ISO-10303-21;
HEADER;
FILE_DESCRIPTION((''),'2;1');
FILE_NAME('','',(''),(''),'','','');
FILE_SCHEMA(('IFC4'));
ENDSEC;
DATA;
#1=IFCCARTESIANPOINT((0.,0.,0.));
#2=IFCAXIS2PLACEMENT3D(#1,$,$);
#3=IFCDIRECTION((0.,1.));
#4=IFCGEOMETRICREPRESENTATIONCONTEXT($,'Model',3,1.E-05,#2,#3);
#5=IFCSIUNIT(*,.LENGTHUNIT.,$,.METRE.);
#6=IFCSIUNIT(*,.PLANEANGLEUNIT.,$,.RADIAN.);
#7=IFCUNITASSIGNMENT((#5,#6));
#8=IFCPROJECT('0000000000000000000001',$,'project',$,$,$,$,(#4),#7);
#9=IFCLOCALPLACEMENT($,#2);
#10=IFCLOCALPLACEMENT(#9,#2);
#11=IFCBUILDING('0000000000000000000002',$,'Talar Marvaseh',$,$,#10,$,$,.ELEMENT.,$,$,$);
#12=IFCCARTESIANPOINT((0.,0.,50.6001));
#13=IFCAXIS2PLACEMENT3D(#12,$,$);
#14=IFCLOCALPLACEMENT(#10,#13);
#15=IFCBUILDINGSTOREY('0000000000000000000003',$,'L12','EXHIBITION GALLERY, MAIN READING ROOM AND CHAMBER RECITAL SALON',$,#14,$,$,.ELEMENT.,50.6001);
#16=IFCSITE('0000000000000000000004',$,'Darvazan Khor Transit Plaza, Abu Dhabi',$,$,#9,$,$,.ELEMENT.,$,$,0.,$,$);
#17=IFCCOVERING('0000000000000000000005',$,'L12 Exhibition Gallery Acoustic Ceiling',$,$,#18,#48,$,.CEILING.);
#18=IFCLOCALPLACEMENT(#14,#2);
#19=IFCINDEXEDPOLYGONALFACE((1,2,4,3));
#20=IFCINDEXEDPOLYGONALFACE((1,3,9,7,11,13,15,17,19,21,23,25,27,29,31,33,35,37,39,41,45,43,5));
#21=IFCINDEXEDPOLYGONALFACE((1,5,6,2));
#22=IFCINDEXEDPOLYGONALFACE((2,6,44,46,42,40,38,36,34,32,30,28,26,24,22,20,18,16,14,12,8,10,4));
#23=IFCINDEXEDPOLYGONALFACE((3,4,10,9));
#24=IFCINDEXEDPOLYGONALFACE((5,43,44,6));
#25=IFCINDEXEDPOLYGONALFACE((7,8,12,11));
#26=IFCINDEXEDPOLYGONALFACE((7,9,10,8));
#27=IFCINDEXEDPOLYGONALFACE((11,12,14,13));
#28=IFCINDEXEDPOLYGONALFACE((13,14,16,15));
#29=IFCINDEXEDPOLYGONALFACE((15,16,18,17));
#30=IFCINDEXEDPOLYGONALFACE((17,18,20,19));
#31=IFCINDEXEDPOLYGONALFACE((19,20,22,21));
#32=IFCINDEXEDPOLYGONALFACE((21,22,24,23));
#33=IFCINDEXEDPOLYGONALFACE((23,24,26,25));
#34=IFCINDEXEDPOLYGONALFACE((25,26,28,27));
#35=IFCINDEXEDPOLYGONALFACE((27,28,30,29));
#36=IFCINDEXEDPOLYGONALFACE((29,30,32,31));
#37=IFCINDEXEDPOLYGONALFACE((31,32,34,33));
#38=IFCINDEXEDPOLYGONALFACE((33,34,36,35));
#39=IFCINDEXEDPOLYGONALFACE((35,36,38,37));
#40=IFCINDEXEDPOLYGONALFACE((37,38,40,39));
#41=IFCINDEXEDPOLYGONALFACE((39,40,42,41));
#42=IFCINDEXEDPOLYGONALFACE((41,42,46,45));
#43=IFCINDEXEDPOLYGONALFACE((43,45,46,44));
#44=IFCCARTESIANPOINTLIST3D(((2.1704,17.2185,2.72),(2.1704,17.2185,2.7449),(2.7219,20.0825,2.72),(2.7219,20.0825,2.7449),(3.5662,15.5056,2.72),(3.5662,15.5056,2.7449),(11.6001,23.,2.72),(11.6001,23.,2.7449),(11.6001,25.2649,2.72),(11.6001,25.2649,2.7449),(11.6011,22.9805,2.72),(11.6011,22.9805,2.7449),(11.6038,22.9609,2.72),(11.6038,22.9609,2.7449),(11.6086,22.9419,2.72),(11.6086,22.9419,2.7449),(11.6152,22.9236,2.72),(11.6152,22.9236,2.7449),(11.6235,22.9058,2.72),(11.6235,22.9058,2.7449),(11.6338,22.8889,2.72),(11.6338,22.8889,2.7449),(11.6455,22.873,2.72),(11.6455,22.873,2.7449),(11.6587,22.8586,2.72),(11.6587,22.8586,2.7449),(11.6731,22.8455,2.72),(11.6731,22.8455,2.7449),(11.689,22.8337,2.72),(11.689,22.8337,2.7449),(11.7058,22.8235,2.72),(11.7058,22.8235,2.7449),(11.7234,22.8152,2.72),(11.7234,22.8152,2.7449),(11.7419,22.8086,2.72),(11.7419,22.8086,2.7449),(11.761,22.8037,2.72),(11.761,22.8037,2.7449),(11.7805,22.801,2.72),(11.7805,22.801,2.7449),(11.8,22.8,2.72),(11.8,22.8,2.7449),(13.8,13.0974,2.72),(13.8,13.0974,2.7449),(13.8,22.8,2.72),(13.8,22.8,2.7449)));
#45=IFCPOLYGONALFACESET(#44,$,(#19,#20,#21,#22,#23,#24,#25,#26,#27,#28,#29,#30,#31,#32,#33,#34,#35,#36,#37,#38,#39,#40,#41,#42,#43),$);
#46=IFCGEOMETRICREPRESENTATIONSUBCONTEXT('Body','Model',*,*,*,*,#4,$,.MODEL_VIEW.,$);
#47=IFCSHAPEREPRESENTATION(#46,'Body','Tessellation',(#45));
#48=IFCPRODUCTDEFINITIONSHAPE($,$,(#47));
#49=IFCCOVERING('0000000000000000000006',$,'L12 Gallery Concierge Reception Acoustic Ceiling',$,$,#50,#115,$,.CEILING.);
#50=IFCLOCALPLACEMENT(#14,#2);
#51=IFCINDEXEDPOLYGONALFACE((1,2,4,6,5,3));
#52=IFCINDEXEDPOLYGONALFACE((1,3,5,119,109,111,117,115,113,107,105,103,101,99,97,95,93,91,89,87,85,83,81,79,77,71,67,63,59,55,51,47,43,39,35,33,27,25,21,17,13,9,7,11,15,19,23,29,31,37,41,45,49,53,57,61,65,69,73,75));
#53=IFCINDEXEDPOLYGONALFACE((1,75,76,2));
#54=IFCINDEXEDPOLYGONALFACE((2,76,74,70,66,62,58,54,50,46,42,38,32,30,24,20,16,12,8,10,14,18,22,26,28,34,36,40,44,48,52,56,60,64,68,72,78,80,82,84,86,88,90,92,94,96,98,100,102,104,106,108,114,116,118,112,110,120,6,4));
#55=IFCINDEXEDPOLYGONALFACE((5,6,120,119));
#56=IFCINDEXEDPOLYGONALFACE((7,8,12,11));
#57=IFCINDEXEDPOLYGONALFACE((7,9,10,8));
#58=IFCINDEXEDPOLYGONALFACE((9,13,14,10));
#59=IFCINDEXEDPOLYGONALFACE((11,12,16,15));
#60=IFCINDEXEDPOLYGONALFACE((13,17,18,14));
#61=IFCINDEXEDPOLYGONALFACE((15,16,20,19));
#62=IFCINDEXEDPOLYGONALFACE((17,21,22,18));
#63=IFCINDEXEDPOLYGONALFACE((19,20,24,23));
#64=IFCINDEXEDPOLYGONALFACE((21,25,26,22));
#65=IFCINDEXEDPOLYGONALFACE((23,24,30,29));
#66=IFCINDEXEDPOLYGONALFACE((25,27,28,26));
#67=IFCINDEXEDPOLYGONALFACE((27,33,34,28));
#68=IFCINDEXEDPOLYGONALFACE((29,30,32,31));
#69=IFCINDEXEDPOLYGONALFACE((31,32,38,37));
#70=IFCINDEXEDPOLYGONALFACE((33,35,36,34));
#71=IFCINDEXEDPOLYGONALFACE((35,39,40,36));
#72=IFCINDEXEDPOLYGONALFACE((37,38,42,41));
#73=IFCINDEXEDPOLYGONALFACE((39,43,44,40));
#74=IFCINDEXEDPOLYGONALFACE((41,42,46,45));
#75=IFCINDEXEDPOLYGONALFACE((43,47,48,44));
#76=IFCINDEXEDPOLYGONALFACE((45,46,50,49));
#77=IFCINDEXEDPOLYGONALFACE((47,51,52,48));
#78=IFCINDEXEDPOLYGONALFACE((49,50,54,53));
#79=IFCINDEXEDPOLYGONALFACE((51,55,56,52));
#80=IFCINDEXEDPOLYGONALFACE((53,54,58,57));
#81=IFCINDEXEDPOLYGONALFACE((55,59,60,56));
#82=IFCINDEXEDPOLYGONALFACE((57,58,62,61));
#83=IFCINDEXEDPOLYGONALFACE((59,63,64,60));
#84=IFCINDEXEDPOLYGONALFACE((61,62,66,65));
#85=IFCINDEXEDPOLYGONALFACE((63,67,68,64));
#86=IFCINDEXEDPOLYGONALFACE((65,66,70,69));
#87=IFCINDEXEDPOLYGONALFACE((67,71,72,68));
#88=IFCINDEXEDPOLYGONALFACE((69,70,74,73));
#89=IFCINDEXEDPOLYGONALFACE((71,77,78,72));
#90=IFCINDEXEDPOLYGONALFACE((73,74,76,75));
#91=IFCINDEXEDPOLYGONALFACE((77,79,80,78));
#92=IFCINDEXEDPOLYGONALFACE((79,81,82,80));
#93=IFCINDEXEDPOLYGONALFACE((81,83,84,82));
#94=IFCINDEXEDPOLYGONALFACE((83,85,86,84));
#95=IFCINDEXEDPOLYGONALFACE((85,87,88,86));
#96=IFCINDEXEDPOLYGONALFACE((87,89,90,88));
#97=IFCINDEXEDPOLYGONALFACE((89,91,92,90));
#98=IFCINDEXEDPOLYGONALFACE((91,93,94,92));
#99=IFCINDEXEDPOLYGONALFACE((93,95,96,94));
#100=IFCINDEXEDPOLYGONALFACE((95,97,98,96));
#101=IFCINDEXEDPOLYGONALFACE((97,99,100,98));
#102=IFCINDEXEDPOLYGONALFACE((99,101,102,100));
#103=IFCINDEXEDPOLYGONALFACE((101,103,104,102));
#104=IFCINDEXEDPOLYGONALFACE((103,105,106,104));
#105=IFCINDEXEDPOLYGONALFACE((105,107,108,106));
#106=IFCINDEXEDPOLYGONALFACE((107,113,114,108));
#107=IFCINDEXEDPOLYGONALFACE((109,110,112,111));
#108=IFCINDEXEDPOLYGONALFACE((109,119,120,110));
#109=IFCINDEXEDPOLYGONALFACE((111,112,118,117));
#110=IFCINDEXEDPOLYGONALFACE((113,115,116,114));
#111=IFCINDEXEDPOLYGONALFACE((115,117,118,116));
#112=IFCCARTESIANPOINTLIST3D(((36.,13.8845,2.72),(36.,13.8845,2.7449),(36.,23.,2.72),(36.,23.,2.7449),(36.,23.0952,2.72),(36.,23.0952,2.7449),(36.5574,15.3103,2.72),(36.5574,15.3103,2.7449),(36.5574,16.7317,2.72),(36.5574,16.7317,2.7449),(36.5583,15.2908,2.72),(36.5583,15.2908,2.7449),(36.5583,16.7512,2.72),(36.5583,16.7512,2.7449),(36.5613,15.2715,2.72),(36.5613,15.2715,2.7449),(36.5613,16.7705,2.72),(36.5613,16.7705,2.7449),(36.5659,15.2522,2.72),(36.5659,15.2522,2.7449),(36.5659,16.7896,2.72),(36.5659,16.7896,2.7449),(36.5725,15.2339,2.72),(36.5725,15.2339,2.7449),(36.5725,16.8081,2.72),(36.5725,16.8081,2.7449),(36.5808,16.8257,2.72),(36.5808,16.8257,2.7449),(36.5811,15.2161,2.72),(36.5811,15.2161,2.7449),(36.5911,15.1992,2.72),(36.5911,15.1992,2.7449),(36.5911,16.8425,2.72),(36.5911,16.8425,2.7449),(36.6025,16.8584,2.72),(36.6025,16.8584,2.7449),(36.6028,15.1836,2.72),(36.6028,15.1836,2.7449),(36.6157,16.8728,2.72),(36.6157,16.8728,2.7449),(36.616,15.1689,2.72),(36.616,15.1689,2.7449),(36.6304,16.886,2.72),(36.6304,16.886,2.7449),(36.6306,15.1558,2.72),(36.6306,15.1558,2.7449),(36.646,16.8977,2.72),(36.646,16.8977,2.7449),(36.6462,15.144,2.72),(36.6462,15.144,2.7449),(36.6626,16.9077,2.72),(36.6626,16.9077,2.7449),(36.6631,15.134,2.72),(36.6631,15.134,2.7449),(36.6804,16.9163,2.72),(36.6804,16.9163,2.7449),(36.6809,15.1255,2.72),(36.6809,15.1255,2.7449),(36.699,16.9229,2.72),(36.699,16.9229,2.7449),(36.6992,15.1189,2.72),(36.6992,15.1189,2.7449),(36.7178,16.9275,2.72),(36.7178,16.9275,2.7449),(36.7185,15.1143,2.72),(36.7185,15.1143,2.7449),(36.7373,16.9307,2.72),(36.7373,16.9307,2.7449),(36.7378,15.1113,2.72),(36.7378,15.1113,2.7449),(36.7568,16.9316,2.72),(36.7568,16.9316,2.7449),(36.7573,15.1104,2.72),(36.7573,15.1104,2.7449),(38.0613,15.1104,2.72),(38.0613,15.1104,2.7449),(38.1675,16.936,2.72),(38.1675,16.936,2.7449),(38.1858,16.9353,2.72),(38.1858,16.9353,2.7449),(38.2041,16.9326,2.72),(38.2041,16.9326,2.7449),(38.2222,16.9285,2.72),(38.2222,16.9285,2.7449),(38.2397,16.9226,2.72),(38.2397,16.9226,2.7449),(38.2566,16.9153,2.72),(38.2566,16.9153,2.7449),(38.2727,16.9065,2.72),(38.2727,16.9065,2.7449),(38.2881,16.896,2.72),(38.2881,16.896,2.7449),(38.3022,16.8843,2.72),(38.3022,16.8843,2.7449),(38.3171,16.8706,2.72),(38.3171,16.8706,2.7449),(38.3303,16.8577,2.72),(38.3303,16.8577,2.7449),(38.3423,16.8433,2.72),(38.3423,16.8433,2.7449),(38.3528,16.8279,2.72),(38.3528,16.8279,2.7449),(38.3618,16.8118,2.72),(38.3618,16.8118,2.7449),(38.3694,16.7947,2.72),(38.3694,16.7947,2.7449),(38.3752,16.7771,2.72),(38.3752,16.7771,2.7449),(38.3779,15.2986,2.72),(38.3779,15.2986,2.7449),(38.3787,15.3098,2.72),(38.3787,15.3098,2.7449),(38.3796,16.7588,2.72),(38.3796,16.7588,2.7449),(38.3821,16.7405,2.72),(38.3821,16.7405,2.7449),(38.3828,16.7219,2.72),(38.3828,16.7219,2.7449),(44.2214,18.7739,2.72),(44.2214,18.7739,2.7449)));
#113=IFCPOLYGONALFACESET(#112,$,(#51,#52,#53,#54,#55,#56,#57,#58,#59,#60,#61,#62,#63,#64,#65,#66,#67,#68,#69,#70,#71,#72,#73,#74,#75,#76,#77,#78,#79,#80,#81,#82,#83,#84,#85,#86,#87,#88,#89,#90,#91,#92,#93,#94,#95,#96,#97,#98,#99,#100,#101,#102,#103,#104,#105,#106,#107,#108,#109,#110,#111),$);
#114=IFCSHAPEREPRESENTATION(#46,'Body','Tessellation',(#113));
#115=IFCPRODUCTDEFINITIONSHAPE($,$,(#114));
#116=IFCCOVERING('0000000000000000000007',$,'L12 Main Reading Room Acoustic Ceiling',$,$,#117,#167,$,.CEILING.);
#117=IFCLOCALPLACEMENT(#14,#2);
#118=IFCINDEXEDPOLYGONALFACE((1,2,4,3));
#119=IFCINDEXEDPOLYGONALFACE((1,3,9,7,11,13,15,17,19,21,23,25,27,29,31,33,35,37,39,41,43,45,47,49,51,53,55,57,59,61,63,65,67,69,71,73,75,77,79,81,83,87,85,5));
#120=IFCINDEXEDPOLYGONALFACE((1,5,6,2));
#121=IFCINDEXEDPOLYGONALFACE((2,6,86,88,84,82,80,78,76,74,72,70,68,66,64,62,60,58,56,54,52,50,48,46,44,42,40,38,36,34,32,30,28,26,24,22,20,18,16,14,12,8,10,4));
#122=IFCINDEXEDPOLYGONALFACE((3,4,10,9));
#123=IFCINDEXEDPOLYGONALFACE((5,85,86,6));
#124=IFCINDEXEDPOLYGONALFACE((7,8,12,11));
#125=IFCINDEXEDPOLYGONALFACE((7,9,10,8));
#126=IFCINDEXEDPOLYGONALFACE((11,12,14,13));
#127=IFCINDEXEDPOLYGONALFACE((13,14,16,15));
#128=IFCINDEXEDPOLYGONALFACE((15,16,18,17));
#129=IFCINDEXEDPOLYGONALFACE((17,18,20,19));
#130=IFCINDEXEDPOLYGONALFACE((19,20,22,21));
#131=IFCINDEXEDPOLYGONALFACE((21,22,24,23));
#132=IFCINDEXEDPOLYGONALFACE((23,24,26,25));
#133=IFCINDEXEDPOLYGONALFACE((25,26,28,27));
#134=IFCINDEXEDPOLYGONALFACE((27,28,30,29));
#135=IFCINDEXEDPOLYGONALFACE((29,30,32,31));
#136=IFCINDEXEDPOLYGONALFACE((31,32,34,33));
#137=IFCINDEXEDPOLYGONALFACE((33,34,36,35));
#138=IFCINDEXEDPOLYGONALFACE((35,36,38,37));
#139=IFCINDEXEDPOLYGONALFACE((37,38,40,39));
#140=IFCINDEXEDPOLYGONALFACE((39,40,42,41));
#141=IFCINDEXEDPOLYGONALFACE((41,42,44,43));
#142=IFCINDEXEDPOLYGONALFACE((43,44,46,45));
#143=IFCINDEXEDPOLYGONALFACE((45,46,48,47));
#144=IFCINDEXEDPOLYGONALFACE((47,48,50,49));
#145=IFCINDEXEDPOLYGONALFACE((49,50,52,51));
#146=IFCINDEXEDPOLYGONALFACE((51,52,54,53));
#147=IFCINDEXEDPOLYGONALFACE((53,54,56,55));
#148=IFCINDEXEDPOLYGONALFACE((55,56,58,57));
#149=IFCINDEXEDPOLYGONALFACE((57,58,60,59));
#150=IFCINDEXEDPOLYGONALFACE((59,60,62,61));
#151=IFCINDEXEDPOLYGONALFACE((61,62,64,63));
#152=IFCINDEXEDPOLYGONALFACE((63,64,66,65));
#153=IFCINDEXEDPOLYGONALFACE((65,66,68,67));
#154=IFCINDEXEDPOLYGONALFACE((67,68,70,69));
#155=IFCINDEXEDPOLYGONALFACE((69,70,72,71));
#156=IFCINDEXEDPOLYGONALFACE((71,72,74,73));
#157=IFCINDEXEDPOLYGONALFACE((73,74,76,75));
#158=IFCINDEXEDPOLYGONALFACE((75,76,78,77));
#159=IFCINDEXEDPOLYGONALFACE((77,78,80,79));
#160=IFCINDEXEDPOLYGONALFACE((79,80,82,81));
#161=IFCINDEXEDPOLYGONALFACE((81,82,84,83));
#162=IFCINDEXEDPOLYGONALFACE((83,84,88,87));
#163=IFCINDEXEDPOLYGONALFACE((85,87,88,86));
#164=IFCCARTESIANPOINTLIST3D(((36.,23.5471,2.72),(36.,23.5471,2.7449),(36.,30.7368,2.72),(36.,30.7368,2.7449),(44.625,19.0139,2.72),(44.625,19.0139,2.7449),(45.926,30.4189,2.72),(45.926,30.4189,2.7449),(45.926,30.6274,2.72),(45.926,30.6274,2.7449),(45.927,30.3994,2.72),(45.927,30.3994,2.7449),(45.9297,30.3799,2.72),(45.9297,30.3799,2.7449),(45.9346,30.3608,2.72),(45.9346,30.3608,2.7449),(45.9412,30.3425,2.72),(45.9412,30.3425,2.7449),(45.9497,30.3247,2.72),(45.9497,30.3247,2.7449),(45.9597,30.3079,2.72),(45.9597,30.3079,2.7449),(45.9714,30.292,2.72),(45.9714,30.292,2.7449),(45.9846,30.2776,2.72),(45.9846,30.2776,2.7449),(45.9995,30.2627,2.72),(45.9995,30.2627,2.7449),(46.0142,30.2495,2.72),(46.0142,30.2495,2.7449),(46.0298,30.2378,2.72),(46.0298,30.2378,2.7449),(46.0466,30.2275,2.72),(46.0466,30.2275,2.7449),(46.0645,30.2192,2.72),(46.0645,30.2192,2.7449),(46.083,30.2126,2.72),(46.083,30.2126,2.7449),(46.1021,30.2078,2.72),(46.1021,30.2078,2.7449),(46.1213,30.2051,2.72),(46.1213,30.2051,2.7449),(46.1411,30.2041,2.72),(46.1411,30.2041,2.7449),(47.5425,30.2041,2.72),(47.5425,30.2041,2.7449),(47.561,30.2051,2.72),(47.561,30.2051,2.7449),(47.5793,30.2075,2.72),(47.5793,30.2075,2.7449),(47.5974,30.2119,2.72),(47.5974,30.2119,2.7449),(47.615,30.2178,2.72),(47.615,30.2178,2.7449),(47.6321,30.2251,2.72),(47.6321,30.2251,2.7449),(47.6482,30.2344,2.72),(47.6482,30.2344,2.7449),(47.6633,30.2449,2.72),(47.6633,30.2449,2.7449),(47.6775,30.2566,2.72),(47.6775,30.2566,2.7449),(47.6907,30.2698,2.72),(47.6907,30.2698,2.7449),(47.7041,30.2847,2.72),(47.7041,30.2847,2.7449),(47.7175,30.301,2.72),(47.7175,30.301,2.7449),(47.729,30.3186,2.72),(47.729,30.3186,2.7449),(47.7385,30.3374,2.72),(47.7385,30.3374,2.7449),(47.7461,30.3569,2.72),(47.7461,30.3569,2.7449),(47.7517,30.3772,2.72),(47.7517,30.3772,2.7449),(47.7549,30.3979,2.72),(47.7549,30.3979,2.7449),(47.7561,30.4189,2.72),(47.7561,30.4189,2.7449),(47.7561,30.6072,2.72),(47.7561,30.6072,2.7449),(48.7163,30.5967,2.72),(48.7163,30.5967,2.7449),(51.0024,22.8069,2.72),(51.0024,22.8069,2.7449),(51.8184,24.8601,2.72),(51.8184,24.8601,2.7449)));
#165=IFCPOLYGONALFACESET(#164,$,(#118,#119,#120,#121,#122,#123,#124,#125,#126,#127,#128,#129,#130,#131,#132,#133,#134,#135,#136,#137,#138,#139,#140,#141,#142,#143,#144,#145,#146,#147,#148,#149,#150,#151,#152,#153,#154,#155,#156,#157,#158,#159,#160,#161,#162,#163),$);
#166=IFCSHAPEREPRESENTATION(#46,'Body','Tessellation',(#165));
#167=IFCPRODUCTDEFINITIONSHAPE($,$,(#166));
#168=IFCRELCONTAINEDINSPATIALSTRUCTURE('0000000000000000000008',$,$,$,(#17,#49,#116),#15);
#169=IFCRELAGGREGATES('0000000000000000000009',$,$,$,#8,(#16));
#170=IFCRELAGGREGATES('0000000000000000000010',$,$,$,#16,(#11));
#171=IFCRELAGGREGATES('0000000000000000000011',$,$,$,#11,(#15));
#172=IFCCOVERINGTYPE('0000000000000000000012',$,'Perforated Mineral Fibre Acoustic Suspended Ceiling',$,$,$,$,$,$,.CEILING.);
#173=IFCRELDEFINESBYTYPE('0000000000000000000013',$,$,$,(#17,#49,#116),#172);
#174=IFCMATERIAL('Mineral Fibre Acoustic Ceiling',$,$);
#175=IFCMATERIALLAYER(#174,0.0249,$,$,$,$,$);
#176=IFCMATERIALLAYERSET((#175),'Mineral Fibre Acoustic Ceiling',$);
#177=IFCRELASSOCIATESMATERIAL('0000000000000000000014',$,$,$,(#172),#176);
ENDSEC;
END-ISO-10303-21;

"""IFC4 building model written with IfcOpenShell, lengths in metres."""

from ifc_helpers import new_model, si_unit, direction, frame, origin, place, context, subcontext, project, spatial, polyline, outline, extrude, material, layer, layer_set, type_object, element, save


model = new_model("IFC4")

# Units and contexts
model_context = context("Model", 3, precision=1e-05, world=origin(), true_north=direction((0.0, 1.0)))
body_context = subcontext(model_context, "Body", "Model", "MODEL_VIEW")
ifc_project = project(units=[si_unit("LENGTHUNIT", "METRE"), si_unit("PLANEANGLEUNIT", "RADIAN")], contexts=[model_context])

# Site, building, storey
site_placement = place(None, origin())
site = spatial("IfcSite", under=ifc_project, at=site_placement, Name="Darvazan Khor Transit Plaza, Abu Dhabi", CompositionType="ELEMENT", RefElevation=0.0)
building_placement = place(site_placement, origin())
building = spatial("IfcBuilding", under=site, at=building_placement, Name="Talar Marvaseh", CompositionType="ELEMENT")
storey_placement = place(building_placement, frame((0.0, 0.0, 50.6001)))
storey = spatial("IfcBuildingStorey", under=building, at=storey_placement, Name="L12", Description="EXHIBITION GALLERY, MAIN READING ROOM AND CHAMBER RECITAL SALON", CompositionType="ELEMENT", Elevation=50.6001)

# Coverings
ifc_material_1 = material(Name="Mineral Fibre Acoustic Ceiling")
ifc_layer_1 = layer(ifc_material_1, 0.0249)
ifc_layer_set_1 = layer_set([ifc_layer_1], Name="Mineral Fibre Acoustic Ceiling")
covering_type_1 = type_object("IfcCoveringType", Name="Perforated Mineral Fibre Acoustic Suspended Ceiling", PredefinedType="CEILING", material=ifc_layer_set_1)
covering_1_placement = place(storey_placement, frame((0.0, 0.0, 2.72)))
element("IfcCovering", 1, at=covering_1_placement, inside=storey, type_object=covering_type_1, Name="L12 Exhibition Gallery Acoustic Ceiling", PredefinedType="CEILING", context=body_context, shape_type="SweptSolid", body=[
    extrude(outline(polyline([(2.7219, 20.0825), (11.6001, 25.2649), (11.6001, 23.0), (11.6011, 22.9805), (11.6038, 22.9609), (11.6086, 22.9419), (11.6152, 22.9236), (11.6235, 22.9058), (11.6338, 22.8889), (11.6455, 22.873), (11.6587, 22.8586), (11.6731, 22.8455), (11.689, 22.8337), (11.7058, 22.8235), (11.7234, 22.8152), (11.7419, 22.8086), (11.761, 22.8037), (11.7805, 22.801), (11.8, 22.8), (13.8, 22.8), (13.8, 13.0974), (3.5662, 15.5056), (2.1704, 17.2185), (2.7219, 20.0825)])), origin(), (0.0, 0.0, 1.0), 0.0249),
])
covering_2_placement = place(storey_placement, frame((0.0, 0.0, 2.72)))
element("IfcCovering", 2, at=covering_2_placement, inside=storey, type_object=covering_type_1, Name="L12 Gallery Concierge Reception Acoustic Ceiling", PredefinedType="CEILING", context=body_context, shape_type="SweptSolid", body=[
    extrude(outline(polyline([(44.2214, 18.7739), (38.3779, 15.2986), (38.3787, 15.3098), (38.3828, 16.7219), (38.3821, 16.7405), (38.3796, 16.7588), (38.3752, 16.7771), (38.3694, 16.7947), (38.3618, 16.8118), (38.3528, 16.8279), (38.3423, 16.8433), (38.3303, 16.8577), (38.3171, 16.8706), (38.3022, 16.8843), (38.2881, 16.896), (38.2727, 16.9065), (38.2566, 16.9153), (38.2397, 16.9226), (38.2222, 16.9285), (38.2041, 16.9326), (38.1858, 16.9353), (38.1675, 16.936), (36.7568, 16.9316), (36.7373, 16.9307), (36.7178, 16.9275), (36.699, 16.9229), (36.6804, 16.9163), (36.6626, 16.9077), (36.646, 16.8977), (36.6304, 16.886), (36.6157, 16.8728), (36.6025, 16.8584), (36.5911, 16.8425), (36.5808, 16.8257), (36.5725, 16.8081), (36.5659, 16.7896), (36.5613, 16.7705), (36.5583, 16.7512), (36.5574, 16.7317), (36.5574, 15.3103), (36.5583, 15.2908), (36.5613, 15.2715), (36.5659, 15.2522), (36.5725, 15.2339), (36.5811, 15.2161), (36.5911, 15.1992), (36.6028, 15.1836), (36.616, 15.1689), (36.6306, 15.1558), (36.6462, 15.144), (36.6631, 15.134), (36.6809, 15.1255), (36.6992, 15.1189), (36.7185, 15.1143), (36.7378, 15.1113), (36.7573, 15.1104), (38.0613, 15.1104), (36.0, 13.8845), (36.0, 23.0), (36.0, 23.0952), (44.2214, 18.7739)])), origin(), (0.0, 0.0, 1.0), 0.0249),
])
covering_3_placement = place(storey_placement, frame((0.0, 0.0, 2.72)))
element("IfcCovering", 3, at=covering_3_placement, inside=storey, type_object=covering_type_1, Name="L12 Main Reading Room Acoustic Ceiling", PredefinedType="CEILING", context=body_context, shape_type="SweptSolid", body=[
    extrude(outline(polyline([(36.0, 23.5471), (36.0, 30.7368), (45.926, 30.6274), (45.926, 30.4189), (45.927, 30.3994), (45.9297, 30.3799), (45.9346, 30.3608), (45.9412, 30.3425), (45.9497, 30.3247), (45.9597, 30.3079), (45.9714, 30.292), (45.9846, 30.2776), (45.9995, 30.2627), (46.0142, 30.2495), (46.0298, 30.2378), (46.0466, 30.2275), (46.0645, 30.2192), (46.083, 30.2126), (46.1021, 30.2078), (46.1213, 30.2051), (46.1411, 30.2041), (47.5425, 30.2041), (47.561, 30.2051), (47.5793, 30.2075), (47.5974, 30.2119), (47.615, 30.2178), (47.6321, 30.2251), (47.6482, 30.2344), (47.6633, 30.2449), (47.6775, 30.2566), (47.6907, 30.2698), (47.7041, 30.2847), (47.7175, 30.301), (47.729, 30.3186), (47.7385, 30.3374), (47.7461, 30.3569), (47.7517, 30.3772), (47.7549, 30.3979), (47.7561, 30.4189), (47.7561, 30.6072), (48.7163, 30.5967), (51.8184, 24.8601), (51.0024, 22.8069), (44.625, 19.0139), (36.0, 23.5471)])), origin(), (0.0, 0.0, 1.0), 0.0249),
])

save(model, "model.ifc")
